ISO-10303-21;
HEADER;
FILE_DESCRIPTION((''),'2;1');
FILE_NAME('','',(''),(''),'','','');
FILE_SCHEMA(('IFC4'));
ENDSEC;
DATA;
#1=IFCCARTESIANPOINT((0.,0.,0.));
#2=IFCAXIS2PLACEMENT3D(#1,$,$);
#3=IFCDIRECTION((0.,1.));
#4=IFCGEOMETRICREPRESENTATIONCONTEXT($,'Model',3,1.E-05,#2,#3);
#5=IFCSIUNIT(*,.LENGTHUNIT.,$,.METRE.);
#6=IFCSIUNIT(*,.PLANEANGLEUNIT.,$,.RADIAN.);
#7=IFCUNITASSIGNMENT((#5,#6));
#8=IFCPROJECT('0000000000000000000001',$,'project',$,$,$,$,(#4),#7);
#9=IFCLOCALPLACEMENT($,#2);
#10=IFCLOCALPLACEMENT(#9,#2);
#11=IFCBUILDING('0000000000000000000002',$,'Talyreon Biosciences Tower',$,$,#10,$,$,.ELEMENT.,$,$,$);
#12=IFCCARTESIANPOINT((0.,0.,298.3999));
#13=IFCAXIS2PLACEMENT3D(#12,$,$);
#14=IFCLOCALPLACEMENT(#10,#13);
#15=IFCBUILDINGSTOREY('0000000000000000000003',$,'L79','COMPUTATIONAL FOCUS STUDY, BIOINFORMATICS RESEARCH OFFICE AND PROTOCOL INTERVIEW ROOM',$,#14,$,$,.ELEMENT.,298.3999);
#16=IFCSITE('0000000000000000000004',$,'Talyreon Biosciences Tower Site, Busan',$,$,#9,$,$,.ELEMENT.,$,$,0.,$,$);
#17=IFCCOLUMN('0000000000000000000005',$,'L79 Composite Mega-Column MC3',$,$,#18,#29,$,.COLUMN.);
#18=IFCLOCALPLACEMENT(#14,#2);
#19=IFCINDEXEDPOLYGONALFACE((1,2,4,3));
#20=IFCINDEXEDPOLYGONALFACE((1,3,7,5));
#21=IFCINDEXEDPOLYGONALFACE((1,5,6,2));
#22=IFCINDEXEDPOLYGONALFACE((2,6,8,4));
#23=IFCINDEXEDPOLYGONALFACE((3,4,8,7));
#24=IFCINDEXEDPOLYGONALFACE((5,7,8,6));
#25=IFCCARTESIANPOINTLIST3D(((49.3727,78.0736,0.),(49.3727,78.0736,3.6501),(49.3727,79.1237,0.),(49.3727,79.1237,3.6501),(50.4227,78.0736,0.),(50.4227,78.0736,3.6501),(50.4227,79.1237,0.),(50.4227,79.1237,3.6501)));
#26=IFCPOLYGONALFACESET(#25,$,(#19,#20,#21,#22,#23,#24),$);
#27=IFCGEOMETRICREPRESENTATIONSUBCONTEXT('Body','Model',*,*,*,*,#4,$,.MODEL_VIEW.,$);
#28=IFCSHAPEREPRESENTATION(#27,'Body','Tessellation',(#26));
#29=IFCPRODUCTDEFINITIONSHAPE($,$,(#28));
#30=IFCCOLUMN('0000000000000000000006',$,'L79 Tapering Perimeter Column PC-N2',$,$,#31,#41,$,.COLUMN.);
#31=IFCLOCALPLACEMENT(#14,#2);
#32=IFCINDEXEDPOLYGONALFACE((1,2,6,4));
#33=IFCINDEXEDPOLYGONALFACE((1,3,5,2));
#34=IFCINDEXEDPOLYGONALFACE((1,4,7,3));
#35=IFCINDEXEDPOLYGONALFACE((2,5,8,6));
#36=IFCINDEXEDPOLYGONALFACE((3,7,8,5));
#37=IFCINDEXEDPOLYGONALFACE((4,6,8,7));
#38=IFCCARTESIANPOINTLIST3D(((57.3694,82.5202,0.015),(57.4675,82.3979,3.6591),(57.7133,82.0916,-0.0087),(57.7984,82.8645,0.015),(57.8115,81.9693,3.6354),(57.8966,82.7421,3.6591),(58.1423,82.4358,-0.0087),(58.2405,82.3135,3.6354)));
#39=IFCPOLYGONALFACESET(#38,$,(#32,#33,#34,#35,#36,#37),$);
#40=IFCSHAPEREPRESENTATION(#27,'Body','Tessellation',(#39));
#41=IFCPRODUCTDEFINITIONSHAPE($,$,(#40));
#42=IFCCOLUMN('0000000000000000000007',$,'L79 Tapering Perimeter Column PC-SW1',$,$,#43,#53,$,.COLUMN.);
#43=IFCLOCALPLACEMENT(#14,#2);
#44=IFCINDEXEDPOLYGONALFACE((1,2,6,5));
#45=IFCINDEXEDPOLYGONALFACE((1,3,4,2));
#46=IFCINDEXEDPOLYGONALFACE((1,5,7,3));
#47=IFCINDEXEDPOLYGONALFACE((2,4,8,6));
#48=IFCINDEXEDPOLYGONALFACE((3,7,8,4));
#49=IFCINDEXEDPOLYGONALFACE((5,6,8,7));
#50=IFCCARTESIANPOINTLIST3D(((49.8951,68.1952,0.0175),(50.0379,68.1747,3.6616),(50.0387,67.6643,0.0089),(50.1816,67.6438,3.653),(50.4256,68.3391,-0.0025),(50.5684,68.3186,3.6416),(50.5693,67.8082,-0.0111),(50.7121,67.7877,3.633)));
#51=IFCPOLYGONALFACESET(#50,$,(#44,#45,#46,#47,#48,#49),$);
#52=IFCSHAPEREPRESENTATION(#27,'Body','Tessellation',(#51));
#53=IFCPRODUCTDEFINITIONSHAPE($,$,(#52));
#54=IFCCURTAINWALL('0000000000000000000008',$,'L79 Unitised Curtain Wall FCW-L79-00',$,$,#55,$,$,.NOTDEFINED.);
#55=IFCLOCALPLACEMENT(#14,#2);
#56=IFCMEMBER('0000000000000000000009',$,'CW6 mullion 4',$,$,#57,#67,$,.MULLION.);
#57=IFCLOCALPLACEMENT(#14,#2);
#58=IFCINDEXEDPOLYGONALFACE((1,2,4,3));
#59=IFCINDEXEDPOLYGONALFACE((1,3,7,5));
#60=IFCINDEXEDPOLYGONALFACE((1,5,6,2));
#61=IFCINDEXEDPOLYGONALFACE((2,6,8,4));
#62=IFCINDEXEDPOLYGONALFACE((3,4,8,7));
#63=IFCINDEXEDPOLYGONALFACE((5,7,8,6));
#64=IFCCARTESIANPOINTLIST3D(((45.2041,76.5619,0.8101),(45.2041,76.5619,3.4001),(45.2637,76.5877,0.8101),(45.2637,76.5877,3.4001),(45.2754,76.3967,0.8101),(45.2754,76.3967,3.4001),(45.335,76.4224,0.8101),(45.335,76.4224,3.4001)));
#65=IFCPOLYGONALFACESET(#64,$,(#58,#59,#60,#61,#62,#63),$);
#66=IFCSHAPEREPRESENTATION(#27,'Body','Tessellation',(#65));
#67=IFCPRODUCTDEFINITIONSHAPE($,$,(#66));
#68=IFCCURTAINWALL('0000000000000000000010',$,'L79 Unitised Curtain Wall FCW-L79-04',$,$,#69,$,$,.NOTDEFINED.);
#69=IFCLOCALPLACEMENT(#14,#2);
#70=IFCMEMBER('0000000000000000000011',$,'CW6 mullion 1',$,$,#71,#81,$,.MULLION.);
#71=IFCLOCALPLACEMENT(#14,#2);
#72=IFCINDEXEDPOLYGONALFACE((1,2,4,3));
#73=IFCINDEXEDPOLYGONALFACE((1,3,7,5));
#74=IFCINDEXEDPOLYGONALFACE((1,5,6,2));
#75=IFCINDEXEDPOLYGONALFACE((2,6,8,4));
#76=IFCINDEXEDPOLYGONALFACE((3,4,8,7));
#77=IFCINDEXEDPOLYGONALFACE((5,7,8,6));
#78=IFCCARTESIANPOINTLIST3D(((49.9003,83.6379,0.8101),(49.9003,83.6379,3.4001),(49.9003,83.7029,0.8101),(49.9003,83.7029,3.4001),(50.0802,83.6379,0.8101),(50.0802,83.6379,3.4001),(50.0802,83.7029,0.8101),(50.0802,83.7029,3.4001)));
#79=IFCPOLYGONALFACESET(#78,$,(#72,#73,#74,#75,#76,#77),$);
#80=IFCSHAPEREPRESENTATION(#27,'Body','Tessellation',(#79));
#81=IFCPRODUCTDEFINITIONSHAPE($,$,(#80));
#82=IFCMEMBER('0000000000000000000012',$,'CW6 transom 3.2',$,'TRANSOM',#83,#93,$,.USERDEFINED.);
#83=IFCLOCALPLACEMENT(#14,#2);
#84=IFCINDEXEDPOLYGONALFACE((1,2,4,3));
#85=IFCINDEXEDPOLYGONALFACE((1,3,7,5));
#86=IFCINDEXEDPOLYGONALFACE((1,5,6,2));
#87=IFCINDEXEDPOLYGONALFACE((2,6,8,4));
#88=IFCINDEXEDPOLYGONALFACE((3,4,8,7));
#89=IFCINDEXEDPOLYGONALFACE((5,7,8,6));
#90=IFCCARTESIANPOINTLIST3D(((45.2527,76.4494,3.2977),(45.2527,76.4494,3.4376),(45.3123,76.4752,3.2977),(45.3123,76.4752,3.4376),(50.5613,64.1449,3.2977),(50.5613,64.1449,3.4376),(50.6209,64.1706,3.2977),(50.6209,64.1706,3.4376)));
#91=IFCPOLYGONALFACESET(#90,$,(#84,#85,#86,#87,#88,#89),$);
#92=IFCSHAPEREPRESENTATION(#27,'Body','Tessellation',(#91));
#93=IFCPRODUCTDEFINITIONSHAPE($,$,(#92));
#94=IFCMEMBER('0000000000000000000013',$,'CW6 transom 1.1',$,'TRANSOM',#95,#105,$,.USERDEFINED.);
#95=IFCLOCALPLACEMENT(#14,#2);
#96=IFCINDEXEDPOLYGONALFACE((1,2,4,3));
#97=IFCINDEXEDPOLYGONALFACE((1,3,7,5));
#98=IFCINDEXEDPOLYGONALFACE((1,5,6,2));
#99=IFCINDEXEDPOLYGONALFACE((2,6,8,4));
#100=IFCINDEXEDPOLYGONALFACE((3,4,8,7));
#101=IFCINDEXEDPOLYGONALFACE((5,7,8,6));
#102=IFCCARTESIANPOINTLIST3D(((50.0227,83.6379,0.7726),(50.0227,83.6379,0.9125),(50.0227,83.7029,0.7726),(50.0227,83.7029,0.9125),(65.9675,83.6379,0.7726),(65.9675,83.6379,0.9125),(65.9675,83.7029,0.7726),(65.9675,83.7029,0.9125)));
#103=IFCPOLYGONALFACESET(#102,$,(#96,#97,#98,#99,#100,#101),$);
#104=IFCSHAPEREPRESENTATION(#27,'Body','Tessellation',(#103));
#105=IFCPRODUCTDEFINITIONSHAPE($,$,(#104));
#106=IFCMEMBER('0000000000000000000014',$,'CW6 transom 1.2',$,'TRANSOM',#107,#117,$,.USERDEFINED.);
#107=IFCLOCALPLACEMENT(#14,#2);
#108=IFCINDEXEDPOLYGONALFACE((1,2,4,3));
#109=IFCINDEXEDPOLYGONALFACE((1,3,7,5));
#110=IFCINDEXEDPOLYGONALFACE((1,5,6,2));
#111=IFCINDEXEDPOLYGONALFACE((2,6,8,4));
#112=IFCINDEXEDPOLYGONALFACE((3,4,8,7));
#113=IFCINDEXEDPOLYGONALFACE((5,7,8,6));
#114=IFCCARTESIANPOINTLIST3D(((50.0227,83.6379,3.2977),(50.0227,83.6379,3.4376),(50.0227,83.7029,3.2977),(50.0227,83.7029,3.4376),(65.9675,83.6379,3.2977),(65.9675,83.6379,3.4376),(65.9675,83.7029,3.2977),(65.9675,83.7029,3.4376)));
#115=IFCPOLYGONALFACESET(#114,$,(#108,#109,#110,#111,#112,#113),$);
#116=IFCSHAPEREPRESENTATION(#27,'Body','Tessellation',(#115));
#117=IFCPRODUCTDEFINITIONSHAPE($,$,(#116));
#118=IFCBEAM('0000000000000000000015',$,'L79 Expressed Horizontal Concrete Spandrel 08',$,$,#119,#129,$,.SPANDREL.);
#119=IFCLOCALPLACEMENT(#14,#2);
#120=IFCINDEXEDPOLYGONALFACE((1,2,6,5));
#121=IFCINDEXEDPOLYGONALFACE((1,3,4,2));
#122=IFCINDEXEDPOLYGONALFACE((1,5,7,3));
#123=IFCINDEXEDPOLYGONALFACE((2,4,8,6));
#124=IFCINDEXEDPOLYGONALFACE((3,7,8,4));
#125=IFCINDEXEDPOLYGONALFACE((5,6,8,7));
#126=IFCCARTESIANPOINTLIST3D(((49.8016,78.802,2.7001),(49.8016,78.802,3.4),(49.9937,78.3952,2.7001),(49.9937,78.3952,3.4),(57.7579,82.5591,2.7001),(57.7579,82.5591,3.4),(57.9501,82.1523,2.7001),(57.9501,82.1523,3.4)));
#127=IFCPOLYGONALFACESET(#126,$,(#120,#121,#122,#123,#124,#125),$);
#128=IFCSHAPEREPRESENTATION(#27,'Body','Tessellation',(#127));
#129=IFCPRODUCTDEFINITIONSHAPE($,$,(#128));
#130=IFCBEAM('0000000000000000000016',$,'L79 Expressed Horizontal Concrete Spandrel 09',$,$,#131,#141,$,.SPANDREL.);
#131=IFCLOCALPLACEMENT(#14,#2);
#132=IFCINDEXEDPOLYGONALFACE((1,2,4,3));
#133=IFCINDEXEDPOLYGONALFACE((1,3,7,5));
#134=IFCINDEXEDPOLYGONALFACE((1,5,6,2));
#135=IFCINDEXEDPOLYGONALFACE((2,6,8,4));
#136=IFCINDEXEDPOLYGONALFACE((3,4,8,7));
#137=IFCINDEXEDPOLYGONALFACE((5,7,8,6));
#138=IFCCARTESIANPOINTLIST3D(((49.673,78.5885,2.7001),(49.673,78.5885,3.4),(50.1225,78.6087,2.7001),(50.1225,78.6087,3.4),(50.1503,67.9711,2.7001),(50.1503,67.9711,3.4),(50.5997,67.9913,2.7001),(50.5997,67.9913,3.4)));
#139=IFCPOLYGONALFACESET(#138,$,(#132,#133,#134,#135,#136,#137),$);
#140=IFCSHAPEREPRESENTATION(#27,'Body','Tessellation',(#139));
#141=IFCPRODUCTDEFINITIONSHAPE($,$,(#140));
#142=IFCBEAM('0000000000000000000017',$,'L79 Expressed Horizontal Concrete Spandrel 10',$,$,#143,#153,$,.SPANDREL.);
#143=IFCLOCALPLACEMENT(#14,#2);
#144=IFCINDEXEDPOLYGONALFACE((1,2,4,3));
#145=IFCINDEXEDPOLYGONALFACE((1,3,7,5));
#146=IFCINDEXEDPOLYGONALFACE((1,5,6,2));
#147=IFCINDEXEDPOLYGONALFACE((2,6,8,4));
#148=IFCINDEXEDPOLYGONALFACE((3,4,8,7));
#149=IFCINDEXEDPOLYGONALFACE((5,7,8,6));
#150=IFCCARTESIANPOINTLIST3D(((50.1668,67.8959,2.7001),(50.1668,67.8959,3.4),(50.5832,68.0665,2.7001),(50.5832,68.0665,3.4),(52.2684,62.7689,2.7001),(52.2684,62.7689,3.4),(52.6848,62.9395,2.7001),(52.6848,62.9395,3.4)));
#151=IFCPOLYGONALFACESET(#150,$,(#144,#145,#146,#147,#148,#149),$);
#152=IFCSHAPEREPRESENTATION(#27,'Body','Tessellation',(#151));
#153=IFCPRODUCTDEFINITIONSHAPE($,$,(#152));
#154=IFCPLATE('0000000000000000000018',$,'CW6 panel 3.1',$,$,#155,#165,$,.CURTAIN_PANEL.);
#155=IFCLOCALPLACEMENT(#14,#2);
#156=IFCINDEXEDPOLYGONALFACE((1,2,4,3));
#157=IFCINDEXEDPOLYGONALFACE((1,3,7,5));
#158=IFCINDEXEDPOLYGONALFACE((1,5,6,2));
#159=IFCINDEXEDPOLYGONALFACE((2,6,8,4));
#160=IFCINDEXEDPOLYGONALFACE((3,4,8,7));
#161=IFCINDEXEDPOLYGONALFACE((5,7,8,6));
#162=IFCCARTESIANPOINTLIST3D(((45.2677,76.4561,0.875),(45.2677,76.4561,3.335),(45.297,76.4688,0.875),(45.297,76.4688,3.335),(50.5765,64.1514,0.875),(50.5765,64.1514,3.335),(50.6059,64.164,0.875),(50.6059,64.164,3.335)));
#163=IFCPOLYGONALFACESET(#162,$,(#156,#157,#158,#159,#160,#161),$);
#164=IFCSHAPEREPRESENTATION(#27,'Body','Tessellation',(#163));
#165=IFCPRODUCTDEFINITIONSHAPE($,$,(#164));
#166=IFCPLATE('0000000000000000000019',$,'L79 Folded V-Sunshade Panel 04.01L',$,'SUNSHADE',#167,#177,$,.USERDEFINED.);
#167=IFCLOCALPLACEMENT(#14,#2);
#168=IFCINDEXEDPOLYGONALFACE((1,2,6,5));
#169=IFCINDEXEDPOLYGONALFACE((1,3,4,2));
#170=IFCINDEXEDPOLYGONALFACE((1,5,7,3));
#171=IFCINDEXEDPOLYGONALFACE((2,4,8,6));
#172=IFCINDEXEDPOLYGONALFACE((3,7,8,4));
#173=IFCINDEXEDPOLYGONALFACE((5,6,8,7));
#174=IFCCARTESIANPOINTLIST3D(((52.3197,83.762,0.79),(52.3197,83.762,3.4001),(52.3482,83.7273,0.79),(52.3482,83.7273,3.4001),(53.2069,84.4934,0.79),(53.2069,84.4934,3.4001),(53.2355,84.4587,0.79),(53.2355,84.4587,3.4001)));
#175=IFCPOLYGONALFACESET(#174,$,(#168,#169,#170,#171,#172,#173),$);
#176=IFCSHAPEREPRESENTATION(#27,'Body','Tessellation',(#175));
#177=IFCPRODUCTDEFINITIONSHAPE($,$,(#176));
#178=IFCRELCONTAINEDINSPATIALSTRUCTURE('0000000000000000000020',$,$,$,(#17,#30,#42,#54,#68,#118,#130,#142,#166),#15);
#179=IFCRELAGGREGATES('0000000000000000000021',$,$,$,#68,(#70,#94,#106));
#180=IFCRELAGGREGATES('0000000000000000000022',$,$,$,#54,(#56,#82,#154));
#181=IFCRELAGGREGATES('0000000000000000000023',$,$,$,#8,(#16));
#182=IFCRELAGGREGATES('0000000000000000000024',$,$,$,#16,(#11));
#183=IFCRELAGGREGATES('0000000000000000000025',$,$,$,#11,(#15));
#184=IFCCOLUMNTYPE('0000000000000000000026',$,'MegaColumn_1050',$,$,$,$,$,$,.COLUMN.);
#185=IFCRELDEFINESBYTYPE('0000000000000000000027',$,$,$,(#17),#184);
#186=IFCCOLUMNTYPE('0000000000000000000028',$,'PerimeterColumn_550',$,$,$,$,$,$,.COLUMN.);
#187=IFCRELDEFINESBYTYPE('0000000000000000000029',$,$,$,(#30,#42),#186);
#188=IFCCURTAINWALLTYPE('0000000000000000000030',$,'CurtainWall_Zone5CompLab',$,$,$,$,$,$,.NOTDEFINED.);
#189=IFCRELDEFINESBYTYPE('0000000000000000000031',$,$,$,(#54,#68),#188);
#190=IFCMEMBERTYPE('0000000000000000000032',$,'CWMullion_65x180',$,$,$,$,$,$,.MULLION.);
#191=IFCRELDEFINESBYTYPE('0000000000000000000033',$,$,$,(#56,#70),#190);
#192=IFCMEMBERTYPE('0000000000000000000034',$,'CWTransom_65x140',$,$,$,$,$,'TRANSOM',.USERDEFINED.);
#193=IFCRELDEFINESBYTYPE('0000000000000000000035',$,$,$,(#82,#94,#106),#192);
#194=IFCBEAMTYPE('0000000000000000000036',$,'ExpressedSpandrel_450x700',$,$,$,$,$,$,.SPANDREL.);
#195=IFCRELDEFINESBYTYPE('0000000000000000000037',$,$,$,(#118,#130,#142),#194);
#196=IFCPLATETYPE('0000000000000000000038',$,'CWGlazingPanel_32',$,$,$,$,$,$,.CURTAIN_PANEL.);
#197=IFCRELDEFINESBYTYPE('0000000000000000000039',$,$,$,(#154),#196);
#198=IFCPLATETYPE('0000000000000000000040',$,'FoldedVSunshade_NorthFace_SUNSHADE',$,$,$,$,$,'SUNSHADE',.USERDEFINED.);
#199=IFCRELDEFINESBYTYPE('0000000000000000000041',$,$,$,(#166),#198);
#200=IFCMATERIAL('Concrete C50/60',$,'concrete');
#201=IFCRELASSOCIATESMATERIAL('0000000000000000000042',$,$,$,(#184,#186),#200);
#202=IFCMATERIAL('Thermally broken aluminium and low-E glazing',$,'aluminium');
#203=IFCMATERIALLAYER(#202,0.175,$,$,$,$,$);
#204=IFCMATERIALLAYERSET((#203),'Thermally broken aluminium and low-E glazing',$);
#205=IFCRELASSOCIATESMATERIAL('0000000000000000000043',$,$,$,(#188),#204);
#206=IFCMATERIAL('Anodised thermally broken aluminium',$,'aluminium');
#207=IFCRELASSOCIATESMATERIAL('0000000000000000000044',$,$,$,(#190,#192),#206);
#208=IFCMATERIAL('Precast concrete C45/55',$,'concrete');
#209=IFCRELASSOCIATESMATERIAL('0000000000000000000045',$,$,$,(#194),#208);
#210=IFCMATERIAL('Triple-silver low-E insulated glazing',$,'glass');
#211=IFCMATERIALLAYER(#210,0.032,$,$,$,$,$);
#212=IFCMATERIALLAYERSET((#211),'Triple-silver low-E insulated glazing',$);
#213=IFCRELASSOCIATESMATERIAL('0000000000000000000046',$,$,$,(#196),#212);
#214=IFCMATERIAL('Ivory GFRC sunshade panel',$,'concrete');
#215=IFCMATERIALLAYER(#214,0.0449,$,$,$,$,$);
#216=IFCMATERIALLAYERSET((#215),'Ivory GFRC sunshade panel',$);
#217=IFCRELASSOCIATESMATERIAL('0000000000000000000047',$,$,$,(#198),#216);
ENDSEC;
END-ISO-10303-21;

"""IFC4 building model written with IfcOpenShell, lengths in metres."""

from ifc_helpers import new_model, si_unit, direction, frame, origin, origin_2d, place, context, subcontext, project, spatial, rectangle, extrude, material, layer, layer_set, material_profile, profile_set, type_object, element, aggregate, save


model = new_model("IFC4")

# Units and contexts
model_context = context("Model", 3, precision=1e-05, world=origin(), true_north=direction((0.0, 1.0)))
body_context = subcontext(model_context, "Body", "Model", "MODEL_VIEW")
ifc_project = project(units=[si_unit("LENGTHUNIT", "METRE"), si_unit("PLANEANGLEUNIT", "RADIAN")], contexts=[model_context])

# Site, building, storey
site_placement = place(None, origin())
site = spatial("IfcSite", under=ifc_project, at=site_placement, Name="Talyreon Biosciences Tower Site, Busan", CompositionType="ELEMENT", RefElevation=0.0)
building_placement = place(site_placement, origin())
building = spatial("IfcBuilding", under=site, at=building_placement, Name="Talyreon Biosciences Tower", CompositionType="ELEMENT")
storey_placement = place(building_placement, frame((0.0, 0.0, 298.3999)))
storey = spatial("IfcBuildingStorey", under=building, at=storey_placement, Name="L79", Description="COMPUTATIONAL FOCUS STUDY, BIOINFORMATICS RESEARCH OFFICE AND PROTOCOL INTERVIEW ROOM", CompositionType="ELEMENT", Elevation=298.3999)

# Columns
ifc_material_1 = material(Name="Concrete C50/60", Category="concrete")
ifc_material_profile_1 = material_profile(ifc_material_1, rectangle(XDim=1.05, YDim=1.05, at=origin_2d()), Name="RC 1050x1050")
ifc_profile_set_1 = profile_set([ifc_material_profile_1], Name="Concrete C50/60")
column_type_1 = type_object("IfcColumnType", Name="MegaColumn_1050", PredefinedType="COLUMN", material=ifc_profile_set_1)
column_1_placement = place(storey_placement, frame((49.8977, 78.5986, 0.0), z_axis=(0.0, 0.0, 1.0), x_axis=(1.0, 0.0, 0.0)))
element("IfcColumn", 1, at=column_1_placement, inside=storey, type_object=column_type_1, Name="L79 Composite Mega-Column MC3", PredefinedType="COLUMN", context=body_context, shape_type="SweptSolid", body=[
    extrude(rectangle(XDim=1.05, YDim=1.05, at=origin_2d()), origin(), (0.0, 0.0, 1.0), 3.6501),
])
ifc_material_profile_2 = material_profile(ifc_material_1, rectangle(XDim=0.55, YDim=0.55, at=origin_2d()), Name="RC 550x550")
ifc_profile_set_2 = profile_set([ifc_material_profile_2], Name="Concrete C50/60")
column_type_2 = type_object("IfcColumnType", Name="PerimeterColumn_550", PredefinedType="COLUMN", material=ifc_profile_set_2)
column_2_placement = place(storey_placement, frame((57.7559, 82.478, 0.0032), z_axis=(0.026908, -0.033535, 0.999075), x_axis=(-0.779957, -0.625834, 0.0)))
element("IfcColumn", 2, at=column_2_placement, inside=storey, type_object=column_type_2, Name="L79 Tapering Perimeter Column PC-N2", PredefinedType="COLUMN", context=body_context, shape_type="SweptSolid", body=[
    extrude(rectangle(XDim=0.55, YDim=0.55, at=origin_2d()), origin(), (0.0, 0.0, 1.0), 3.6475),
])
column_3_placement = place(storey_placement, frame((50.2322, 68.0017, 0.0032), z_axis=(0.039163, -0.005623, 0.999217), x_axis=(0.964498, 0.26158, -0.03633)))
element("IfcColumn", 3, at=column_3_placement, inside=storey, type_object=column_type_2, Name="L79 Tapering Perimeter Column PC-SW1", PredefinedType="COLUMN", context=body_context, shape_type="SweptSolid", body=[
    extrude(rectangle(XDim=0.55, YDim=0.55, at=origin_2d()), origin(), (0.0, 0.0, 1.0), 3.647),
])

# Curtain walls, members
ifc_material_2 = material(Name="Thermally broken aluminium and low-E glazing", Category="aluminium")
ifc_layer_1 = layer(ifc_material_2, 0.175)
ifc_layer_set_1 = layer_set([ifc_layer_1], Name="Thermally broken aluminium and low-E glazing")
curtain_wall_type = type_object("IfcCurtainWallType", Name="CurtainWall_Zone5CompLab", PredefinedType="NOTDEFINED", material=ifc_layer_set_1)
curtain_wall_1_placement = place(storey_placement, origin())
curtain_wall_1 = element("IfcCurtainWall", 4, at=curtain_wall_1_placement, inside=storey, type_object=curtain_wall_type, Name="L79 Unitised Curtain Wall FCW-L79-00", PredefinedType="NOTDEFINED")
ifc_material_3 = material(Name="Anodised thermally broken aluminium", Category="aluminium")
ifc_material_profile_3 = material_profile(ifc_material_3, rectangle(XDim=0.0649, YDim=0.1799, at=origin_2d()), Name="ALUM MULLION 65x180")
ifc_profile_set_3 = profile_set([ifc_material_profile_3], Name="Anodised thermally broken aluminium")
member_type_1 = type_object("IfcMemberType", Name="CWMullion_65x180", PredefinedType="MULLION", material=ifc_profile_set_3)
member_1_placement = place(storey_placement, frame((45.2695, 76.4922, 0.8101), z_axis=(0.0, 0.0, 1.0), x_axis=(-0.918187, -0.396147, 0.0)))
member_1 = element("IfcMember", 5, at=member_1_placement, type_object=member_type_1, Name="CW6 mullion 4", PredefinedType="MULLION", context=body_context, shape_type="SweptSolid", body=[
    extrude(rectangle(XDim=0.0649, YDim=0.1799, at=origin_2d()), origin(), (0.0, 0.0, 1.0), 2.5901),
])
curtain_wall_2_placement = place(storey_placement, origin())
curtain_wall_2 = element("IfcCurtainWall", 6, at=curtain_wall_2_placement, inside=storey, type_object=curtain_wall_type, Name="L79 Unitised Curtain Wall FCW-L79-04", PredefinedType="NOTDEFINED")
member_2_placement = place(storey_placement, frame((49.9902, 83.6704, 0.8101), z_axis=(0.0, 0.0, 1.0), x_axis=(0.0, 1.0, 0.0)))
member_2 = element("IfcMember", 7, at=member_2_placement, type_object=member_type_1, Name="CW6 mullion 1", PredefinedType="MULLION", context=body_context, shape_type="SweptSolid", body=[
    extrude(rectangle(XDim=0.0649, YDim=0.1799, at=origin_2d()), origin(), (0.0, 0.0, 1.0), 2.5901),
])

# Members
ifc_material_profile_4 = material_profile(ifc_material_3, rectangle(XDim=0.0649, YDim=0.1399, at=origin_2d()), Name="ALUM TRANSOM 65x140")
ifc_profile_set_4 = profile_set([ifc_material_profile_4], Name="Anodised thermally broken aluminium")
member_type_2 = type_object("IfcMemberType", Name="CWTransom_65x140", ElementType="TRANSOM", PredefinedType="USERDEFINED", material=ifc_profile_set_4)
member_3_placement = place(storey_placement, frame((50.5911, 64.1577, 3.3677), z_axis=(-0.396134, 0.918193, 0.0), x_axis=(-0.918193, -0.396134, 0.0)))
member_3 = element("IfcMember", 8, at=member_3_placement, type_object=member_type_2, Name="CW6 transom 3.2", ObjectType="TRANSOM", PredefinedType="USERDEFINED", context=body_context, shape_type="SweptSolid", body=[
    extrude(rectangle(XDim=0.0649, YDim=0.1399, at=origin_2d()), origin(), (0.0, 0.0, 1.0), 13.4009),
])
member_4_placement = place(storey_placement, frame((50.0227, 83.6704, 0.8425), z_axis=(1.0, 0.0, 0.0), x_axis=(0.0, 1.0, 0.0)))
member_4 = element("IfcMember", 9, at=member_4_placement, type_object=member_type_2, Name="CW6 transom 1.1", ObjectType="TRANSOM", PredefinedType="USERDEFINED", context=body_context, shape_type="SweptSolid", body=[
    extrude(rectangle(XDim=0.0649, YDim=0.1399, at=origin_2d()), origin(), (0.0, 0.0, 1.0), 15.9448),
])
member_5_placement = place(storey_placement, frame((50.0227, 83.6704, 3.3677), z_axis=(1.0, 0.0, 0.0), x_axis=(0.0, 1.0, 0.0)))
member_5 = element("IfcMember", 10, at=member_5_placement, type_object=member_type_2, Name="CW6 transom 1.2", ObjectType="TRANSOM", PredefinedType="USERDEFINED", context=body_context, shape_type="SweptSolid", body=[
    extrude(rectangle(XDim=0.0649, YDim=0.1399, at=origin_2d()), origin(), (0.0, 0.0, 1.0), 15.9448),
])
aggregate(curtain_wall_2, [member_2, member_4, member_5])

# Beams
ifc_material_4 = material(Name="Precast concrete C45/55", Category="concrete")
ifc_material_profile_5 = material_profile(ifc_material_4, rectangle(XDim=0.45, YDim=0.7, at=origin_2d()), Name="RCB 450x700")
ifc_profile_set_5 = profile_set([ifc_material_profile_5], Name="Precast concrete C45/55")
beam_type = type_object("IfcBeamType", Name="ExpressedSpandrel_450x700", PredefinedType="SPANDREL", material=ifc_profile_set_5)
beam_1_placement = place(storey_placement, frame((57.854, 82.3557, 3.05), z_axis=(-0.904251, -0.427001, 0.0), x_axis=(0.427001, -0.904251, 0.0)))
element("IfcBeam", 11, at=beam_1_placement, inside=storey, type_object=beam_type, Name="L79 Expressed Horizontal Concrete Spandrel 08", PredefinedType="SPANDREL", context=body_context, shape_type="SweptSolid", body=[
    extrude(rectangle(XDim=0.45, YDim=0.7, at=origin_2d()), origin(), (0.0, 0.0, 1.0), 8.7988),
])
beam_2_placement = place(storey_placement, frame((49.8977, 78.5986, 3.05), z_axis=(0.044909, -0.998991, 0.0), x_axis=(0.998991, 0.044909, 0.0)))
element("IfcBeam", 12, at=beam_2_placement, inside=storey, type_object=beam_type, Name="L79 Expressed Horizontal Concrete Spandrel 09", PredefinedType="SPANDREL", context=body_context, shape_type="SweptSolid", body=[
    extrude(rectangle(XDim=0.45, YDim=0.7, at=origin_2d()), origin(), (0.0, 0.0, 1.0), 10.6282),
])
beam_3_placement = place(storey_placement, frame((50.375, 67.9812, 3.05), z_axis=(0.379278, -0.925283, 0.0), x_axis=(0.925283, 0.379278, 0.0)))
element("IfcBeam", 13, at=beam_3_placement, inside=storey, type_object=beam_type, Name="L79 Expressed Horizontal Concrete Spandrel 10", PredefinedType="SPANDREL", context=body_context, shape_type="SweptSolid", body=[
    extrude(rectangle(XDim=0.45, YDim=0.7, at=origin_2d()), origin(), (0.0, 0.0, 1.0), 5.541),
])

# Plate
ifc_material_5 = material(Name="Triple-silver low-E insulated glazing", Category="glass")
ifc_layer_2 = layer(ifc_material_5, 0.032)
ifc_layer_set_2 = layer_set([ifc_layer_2], Name="Triple-silver low-E insulated glazing")
plate_type_1 = type_object("IfcPlateType", Name="CWGlazingPanel_32", PredefinedType="CURTAIN_PANEL", material=ifc_layer_set_2)
plate_placement = place(storey_placement, frame((47.9368, 70.3101, 0.875), z_axis=(0.0, 0.0, 1.0), x_axis=(-0.396147, 0.918187, 0.0)))
plate = element("IfcPlate", 14, at=plate_placement, type_object=plate_type_1, Name="CW6 panel 3.1", PredefinedType="CURTAIN_PANEL", context=body_context, shape_type="SweptSolid", body=[
    extrude(rectangle(XDim=13.4011, YDim=0.032, at=origin_2d()), origin(), (0.0, 0.0, 1.0), 2.46),
])
aggregate(curtain_wall_1, [member_1, member_3, plate])

# Plate
ifc_material_6 = material(Name="Ivory GFRC sunshade panel", Category="concrete")
ifc_layer_3 = layer(ifc_material_6, 0.0449)
ifc_layer_set_3 = layer_set([ifc_layer_3], Name="Ivory GFRC sunshade panel")
plate_type_2 = type_object("IfcPlateType", Name="FoldedVSunshade_NorthFace_SUNSHADE", ElementType="SUNSHADE", PredefinedType="USERDEFINED", material=ifc_layer_set_3)
for number, where, z_axis, x_axis, name in (
    (15, (52.7776, 84.1104, 0.79), (0.0, 0.0, 1.0), (0.771625, 0.636078, 0.0), "L79 Folded V-Sunshade Panel 04.01L"),
):
    element("IfcPlate", number, at=place(storey_placement, frame(where, z_axis=z_axis, x_axis=x_axis)), inside=storey, type_object=plate_type_2, Name=name, ObjectType="SUNSHADE", PredefinedType="USERDEFINED", context=body_context, shape_type="SweptSolid", body=[
        extrude(rectangle(XDim=1.1499, YDim=0.0449, at=origin_2d()), origin(), (0.0, 0.0, 1.0), 2.6101),
    ])

save(model, "model.ifc")
